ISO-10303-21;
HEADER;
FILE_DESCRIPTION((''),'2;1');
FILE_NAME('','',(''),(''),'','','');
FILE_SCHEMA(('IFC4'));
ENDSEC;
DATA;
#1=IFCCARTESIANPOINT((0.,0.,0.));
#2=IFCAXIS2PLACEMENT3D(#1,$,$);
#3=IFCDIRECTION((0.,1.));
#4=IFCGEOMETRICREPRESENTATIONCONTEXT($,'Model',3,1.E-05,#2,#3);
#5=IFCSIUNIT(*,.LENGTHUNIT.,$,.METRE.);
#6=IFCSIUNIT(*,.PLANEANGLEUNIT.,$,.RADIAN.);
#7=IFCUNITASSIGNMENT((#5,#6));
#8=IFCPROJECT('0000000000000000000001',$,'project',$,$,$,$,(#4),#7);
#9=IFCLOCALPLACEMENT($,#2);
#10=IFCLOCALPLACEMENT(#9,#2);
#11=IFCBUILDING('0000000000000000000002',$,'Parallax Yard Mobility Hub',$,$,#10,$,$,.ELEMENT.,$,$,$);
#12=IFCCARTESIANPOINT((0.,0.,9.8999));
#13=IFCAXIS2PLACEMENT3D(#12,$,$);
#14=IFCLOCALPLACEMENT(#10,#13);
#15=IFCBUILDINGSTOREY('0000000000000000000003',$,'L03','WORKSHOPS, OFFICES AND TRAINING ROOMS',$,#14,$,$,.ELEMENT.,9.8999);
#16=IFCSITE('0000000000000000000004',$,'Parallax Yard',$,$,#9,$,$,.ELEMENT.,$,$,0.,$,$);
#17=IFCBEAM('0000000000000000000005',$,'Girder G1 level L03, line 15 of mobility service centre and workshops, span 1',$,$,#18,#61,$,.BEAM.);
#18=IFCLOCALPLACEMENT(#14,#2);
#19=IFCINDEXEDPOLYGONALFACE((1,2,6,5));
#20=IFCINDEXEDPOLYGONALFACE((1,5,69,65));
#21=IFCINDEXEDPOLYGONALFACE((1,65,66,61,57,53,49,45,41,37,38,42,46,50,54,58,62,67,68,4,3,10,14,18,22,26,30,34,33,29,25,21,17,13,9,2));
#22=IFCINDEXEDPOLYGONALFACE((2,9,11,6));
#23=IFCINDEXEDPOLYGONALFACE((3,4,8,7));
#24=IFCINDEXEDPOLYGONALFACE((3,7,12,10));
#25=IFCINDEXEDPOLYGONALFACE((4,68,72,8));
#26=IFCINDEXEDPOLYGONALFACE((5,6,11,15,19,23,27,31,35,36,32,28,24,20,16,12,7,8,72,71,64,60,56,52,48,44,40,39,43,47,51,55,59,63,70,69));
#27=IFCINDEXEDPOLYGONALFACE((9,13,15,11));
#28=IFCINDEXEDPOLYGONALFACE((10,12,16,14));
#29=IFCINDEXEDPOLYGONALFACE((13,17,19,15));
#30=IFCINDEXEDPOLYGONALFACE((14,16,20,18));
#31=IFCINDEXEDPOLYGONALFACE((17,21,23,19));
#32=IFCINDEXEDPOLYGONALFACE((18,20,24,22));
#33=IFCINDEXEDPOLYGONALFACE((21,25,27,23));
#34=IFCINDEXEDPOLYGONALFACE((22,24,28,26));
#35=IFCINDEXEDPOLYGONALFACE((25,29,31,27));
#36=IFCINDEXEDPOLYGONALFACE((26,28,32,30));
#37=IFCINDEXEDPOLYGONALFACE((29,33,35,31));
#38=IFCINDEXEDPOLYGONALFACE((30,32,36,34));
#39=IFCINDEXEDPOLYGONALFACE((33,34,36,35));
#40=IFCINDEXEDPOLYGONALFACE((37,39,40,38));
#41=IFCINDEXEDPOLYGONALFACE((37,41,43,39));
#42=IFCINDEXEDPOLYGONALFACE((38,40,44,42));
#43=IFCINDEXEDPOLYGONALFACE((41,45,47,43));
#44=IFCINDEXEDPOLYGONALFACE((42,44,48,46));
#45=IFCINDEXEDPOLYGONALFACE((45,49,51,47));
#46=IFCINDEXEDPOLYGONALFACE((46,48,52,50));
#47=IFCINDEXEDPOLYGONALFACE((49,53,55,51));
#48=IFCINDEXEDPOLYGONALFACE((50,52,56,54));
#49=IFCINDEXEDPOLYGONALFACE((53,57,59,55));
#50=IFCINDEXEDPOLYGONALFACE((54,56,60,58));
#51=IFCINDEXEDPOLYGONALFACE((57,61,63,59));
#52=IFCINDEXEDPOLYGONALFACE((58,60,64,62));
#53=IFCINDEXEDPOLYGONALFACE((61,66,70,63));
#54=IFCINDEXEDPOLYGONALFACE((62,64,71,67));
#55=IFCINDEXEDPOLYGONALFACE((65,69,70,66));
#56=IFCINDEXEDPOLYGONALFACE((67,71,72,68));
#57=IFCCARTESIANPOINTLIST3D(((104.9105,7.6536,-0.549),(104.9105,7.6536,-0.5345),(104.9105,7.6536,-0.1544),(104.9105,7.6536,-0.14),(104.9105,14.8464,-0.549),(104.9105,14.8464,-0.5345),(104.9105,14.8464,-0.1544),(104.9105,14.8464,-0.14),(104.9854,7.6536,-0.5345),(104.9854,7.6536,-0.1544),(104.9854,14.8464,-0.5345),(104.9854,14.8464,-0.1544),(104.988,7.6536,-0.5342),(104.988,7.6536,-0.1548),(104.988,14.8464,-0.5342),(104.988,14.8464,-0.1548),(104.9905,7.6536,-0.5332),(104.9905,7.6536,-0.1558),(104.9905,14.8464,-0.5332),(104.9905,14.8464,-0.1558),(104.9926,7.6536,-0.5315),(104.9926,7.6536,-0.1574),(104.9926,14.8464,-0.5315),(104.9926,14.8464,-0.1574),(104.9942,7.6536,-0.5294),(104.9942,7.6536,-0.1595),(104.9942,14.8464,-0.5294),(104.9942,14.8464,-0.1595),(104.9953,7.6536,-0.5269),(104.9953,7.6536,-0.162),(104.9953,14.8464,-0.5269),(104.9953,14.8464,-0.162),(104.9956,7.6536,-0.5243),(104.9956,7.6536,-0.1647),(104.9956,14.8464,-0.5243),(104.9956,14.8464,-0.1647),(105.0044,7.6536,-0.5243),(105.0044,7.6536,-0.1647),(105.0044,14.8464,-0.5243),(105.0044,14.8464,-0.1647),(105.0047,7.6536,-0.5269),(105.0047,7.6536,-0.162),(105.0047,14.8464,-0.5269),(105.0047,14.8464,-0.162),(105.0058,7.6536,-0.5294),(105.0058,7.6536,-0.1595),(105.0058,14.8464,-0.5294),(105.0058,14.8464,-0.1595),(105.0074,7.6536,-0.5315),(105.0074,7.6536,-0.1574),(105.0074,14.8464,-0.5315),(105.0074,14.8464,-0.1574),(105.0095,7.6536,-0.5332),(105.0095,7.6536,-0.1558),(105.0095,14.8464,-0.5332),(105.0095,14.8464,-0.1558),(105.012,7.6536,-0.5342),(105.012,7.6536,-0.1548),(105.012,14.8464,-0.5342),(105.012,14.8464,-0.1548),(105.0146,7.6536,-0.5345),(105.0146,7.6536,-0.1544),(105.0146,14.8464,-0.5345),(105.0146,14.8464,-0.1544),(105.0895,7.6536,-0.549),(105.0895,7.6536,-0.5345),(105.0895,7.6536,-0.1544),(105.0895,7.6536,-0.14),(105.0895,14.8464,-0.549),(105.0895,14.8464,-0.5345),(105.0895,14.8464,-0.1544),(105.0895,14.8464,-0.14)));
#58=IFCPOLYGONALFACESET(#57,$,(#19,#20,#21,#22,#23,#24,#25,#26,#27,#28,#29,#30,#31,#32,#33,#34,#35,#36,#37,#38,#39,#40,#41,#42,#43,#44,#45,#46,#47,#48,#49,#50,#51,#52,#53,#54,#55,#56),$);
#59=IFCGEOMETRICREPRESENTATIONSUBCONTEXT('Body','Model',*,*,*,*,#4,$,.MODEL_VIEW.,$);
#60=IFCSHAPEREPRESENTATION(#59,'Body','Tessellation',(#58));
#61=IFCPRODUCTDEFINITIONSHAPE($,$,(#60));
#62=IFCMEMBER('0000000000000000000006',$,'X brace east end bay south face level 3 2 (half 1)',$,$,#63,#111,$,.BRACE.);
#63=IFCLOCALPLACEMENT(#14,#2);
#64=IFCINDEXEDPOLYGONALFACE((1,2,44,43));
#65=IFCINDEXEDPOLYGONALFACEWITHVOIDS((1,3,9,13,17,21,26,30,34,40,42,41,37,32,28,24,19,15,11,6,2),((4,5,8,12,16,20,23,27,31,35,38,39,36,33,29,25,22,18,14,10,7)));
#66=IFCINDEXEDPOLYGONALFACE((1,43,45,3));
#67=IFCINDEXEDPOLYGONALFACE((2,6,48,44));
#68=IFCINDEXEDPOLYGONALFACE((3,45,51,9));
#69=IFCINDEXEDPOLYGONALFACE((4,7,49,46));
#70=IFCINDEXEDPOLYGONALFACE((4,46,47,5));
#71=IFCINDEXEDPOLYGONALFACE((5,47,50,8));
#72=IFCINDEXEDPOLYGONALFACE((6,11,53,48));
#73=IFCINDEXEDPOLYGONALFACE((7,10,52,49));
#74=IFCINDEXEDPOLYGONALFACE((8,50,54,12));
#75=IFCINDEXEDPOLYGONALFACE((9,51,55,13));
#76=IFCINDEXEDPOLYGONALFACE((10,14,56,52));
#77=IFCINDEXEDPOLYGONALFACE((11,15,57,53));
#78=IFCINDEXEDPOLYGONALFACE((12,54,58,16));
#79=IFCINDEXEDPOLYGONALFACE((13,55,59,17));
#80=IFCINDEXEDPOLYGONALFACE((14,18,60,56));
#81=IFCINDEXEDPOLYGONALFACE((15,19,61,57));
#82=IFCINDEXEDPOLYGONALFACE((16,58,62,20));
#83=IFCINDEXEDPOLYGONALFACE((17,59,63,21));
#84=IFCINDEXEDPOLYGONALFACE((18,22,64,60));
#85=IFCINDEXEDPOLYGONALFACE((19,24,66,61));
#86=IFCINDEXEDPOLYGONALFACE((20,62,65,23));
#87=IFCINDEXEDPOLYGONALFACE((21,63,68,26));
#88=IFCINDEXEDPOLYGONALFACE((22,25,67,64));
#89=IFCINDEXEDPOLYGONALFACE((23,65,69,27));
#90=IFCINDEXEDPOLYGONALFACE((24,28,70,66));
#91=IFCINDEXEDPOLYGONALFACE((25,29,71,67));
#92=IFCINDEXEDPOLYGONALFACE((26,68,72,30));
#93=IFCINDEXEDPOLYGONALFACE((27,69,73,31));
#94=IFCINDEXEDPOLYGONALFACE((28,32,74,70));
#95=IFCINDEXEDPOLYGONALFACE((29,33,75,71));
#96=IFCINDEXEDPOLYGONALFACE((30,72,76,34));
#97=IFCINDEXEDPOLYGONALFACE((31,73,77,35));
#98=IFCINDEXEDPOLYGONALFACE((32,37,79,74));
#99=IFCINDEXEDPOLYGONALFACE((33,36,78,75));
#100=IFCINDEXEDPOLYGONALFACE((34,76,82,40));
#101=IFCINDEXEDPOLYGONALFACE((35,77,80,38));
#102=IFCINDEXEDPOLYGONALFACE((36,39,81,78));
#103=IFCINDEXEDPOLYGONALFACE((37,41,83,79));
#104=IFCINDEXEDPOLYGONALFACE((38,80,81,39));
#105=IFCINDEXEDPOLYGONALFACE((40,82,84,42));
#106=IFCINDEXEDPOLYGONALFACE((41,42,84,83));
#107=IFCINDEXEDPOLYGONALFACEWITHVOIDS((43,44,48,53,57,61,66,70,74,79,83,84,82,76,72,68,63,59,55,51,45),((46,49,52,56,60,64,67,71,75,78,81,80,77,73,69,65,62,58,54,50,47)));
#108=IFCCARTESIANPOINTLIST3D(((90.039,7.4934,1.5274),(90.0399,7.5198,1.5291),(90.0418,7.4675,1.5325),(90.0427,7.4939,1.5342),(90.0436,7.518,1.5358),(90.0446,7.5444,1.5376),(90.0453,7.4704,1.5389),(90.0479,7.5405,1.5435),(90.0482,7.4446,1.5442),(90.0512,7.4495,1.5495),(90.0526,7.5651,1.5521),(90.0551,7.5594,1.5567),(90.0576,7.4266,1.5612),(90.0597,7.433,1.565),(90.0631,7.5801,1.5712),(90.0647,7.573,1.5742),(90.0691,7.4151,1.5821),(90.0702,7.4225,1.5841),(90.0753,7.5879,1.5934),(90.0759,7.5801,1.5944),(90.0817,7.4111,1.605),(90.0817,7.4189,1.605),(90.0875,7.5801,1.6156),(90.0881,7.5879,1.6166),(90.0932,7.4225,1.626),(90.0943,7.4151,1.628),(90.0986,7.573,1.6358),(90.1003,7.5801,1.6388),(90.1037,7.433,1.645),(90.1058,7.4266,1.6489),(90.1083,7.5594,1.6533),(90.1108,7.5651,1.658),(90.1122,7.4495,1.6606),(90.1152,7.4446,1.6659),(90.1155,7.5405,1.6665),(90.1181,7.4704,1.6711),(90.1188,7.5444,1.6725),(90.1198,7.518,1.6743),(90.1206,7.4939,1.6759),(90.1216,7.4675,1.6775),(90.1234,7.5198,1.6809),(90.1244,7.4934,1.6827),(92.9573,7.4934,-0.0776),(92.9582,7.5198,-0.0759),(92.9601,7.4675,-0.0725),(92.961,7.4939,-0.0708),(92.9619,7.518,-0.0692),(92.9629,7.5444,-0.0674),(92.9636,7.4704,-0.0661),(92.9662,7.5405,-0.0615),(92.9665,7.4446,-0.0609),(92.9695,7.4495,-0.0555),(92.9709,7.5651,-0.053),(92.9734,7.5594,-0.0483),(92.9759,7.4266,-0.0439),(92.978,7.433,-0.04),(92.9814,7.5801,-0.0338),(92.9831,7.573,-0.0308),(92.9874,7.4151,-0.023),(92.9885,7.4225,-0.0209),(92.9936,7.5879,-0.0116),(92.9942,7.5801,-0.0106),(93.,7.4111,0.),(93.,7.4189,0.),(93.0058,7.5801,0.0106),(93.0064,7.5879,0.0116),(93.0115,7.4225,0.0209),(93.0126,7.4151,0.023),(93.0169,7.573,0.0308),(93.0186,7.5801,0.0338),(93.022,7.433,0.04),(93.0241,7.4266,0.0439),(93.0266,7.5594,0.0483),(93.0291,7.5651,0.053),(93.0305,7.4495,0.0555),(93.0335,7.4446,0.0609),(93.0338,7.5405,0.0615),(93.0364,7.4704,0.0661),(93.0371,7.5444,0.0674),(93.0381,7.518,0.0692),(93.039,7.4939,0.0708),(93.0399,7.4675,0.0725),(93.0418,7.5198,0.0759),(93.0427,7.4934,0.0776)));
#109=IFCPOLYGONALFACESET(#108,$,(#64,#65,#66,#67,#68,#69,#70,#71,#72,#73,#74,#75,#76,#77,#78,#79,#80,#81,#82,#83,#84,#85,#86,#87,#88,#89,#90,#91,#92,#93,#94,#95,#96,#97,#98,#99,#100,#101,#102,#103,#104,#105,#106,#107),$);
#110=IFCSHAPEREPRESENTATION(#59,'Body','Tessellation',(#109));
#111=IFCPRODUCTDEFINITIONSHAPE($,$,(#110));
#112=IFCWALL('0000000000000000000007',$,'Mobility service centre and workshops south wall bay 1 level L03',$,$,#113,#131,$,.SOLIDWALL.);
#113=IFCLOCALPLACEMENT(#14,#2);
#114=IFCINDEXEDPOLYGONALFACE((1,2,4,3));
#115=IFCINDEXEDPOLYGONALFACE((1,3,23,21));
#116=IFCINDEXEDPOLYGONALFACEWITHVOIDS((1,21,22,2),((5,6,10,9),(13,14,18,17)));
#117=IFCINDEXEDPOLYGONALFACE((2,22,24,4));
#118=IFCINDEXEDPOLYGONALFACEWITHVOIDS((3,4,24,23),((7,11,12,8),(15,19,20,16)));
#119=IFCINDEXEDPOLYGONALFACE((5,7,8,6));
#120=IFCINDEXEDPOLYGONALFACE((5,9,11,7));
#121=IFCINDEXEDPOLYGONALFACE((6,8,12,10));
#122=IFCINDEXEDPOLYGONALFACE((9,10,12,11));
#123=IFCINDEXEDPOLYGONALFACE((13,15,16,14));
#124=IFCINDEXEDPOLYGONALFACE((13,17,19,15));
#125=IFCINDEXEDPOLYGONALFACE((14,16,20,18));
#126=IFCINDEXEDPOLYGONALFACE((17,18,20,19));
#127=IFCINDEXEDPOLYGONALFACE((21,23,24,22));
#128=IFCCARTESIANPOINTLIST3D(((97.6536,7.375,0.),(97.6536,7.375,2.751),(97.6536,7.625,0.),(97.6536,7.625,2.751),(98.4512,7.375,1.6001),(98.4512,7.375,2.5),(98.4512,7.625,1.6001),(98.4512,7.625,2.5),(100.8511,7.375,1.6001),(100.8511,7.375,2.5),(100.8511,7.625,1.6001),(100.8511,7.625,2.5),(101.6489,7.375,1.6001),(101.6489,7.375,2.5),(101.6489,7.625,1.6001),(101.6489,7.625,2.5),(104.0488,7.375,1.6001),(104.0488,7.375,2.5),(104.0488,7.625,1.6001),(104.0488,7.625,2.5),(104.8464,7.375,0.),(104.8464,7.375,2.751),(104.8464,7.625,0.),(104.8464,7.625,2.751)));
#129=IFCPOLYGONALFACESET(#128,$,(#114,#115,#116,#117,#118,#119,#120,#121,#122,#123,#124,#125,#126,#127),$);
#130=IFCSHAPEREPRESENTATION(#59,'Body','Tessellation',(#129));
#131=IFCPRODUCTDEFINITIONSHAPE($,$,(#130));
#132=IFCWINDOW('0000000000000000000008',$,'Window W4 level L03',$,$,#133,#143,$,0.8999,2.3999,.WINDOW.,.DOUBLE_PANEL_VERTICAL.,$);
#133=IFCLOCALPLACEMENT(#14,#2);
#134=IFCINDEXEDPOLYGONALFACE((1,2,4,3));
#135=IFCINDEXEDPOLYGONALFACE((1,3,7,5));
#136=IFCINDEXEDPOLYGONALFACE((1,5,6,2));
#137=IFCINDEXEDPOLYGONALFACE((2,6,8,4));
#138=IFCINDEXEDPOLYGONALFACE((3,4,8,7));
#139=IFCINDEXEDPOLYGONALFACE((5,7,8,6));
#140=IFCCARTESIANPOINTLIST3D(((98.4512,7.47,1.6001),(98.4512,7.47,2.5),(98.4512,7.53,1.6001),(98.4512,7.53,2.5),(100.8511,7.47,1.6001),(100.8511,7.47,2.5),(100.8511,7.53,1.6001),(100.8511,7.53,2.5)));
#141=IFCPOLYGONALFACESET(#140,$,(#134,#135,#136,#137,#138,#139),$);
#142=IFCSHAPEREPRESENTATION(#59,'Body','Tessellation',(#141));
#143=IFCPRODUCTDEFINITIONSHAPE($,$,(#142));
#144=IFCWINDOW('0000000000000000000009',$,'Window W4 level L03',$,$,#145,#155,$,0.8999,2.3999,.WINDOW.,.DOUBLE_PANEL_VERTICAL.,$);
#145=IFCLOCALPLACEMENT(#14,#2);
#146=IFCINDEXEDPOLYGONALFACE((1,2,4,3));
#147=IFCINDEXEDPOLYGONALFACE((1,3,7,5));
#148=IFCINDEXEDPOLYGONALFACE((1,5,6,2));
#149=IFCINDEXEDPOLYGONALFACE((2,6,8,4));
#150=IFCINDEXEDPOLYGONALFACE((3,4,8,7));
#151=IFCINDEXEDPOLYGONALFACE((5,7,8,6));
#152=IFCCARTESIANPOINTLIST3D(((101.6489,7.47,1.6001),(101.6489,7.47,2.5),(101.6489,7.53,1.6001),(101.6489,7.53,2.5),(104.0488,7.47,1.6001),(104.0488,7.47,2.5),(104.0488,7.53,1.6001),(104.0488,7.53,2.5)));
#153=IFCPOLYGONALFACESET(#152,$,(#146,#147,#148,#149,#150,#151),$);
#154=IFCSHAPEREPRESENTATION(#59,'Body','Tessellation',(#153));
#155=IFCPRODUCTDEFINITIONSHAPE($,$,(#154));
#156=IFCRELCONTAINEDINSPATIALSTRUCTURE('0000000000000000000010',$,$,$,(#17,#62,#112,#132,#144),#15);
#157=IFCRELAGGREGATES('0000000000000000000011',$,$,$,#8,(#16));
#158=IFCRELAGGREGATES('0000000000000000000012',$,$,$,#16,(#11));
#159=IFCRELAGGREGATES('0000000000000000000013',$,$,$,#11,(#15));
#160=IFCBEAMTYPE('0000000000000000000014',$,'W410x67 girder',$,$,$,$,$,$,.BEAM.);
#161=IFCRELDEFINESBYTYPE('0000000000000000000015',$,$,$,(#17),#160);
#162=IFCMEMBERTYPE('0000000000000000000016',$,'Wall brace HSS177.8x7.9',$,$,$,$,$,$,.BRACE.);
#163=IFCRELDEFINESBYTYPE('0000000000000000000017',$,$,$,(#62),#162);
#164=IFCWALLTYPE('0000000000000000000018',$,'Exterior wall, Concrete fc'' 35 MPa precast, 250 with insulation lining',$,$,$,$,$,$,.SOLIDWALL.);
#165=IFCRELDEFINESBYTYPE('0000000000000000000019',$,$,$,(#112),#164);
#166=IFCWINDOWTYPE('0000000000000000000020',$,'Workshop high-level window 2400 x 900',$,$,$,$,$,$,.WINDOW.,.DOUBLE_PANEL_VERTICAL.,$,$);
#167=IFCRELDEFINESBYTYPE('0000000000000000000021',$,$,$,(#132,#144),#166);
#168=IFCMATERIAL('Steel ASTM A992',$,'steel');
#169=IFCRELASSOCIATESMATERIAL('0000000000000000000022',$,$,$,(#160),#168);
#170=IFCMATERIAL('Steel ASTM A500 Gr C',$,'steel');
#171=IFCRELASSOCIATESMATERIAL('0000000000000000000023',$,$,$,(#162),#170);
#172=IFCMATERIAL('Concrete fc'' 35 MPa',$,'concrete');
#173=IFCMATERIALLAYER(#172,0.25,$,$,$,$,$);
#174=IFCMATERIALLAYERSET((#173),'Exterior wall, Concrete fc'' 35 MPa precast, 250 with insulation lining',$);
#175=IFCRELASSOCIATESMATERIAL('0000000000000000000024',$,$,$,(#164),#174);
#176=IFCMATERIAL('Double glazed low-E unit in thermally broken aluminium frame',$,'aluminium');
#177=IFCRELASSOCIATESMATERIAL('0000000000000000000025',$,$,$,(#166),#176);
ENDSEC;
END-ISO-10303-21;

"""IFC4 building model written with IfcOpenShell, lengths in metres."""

from ifc_helpers import new_model, si_unit, direction, frame, frame_2d, origin, origin_2d, place, context, subcontext, project, spatial, rectangle, hollow_circle, i_section, extrude, material, layer, layer_set, material_profile, profile_set, type_object, element, fill, save


model = new_model("IFC4")

# Units and contexts
model_context = context("Model", 3, precision=1e-05, world=origin(), true_north=direction((0.0, 1.0)))
body_context = subcontext(model_context, "Body", "Model", "MODEL_VIEW")
ifc_project = project(units=[si_unit("LENGTHUNIT", "METRE"), si_unit("PLANEANGLEUNIT", "RADIAN")], contexts=[model_context])

# Site, building, storey
site_placement = place(None, origin())
site = spatial("IfcSite", under=ifc_project, at=site_placement, Name="Parallax Yard", CompositionType="ELEMENT", RefElevation=0.0)
building_placement = place(site_placement, origin())
building = spatial("IfcBuilding", under=site, at=building_placement, Name="Parallax Yard Mobility Hub", CompositionType="ELEMENT")
storey_placement = place(building_placement, frame((0.0, 0.0, 9.8999)))
storey = spatial("IfcBuildingStorey", under=building, at=storey_placement, Name="L03", Description="WORKSHOPS, OFFICES AND TRAINING ROOMS", CompositionType="ELEMENT", Elevation=9.8999)

# Shared definitions
ifc_material_1 = material(Name="Steel ASTM A992", Category="steel")

# Beam
ifc_material_profile_1 = material_profile(ifc_material_1, i_section(OverallWidth=0.179, OverallDepth=0.4089, WebThickness=0.0088, FlangeThickness=0.0144, FilletRadius=0.0103, at=origin_2d()), Name="W410x67")
ifc_profile_set_1 = profile_set([ifc_material_profile_1], Name="Steel ASTM A992")
beam_type_1 = type_object("IfcBeamType", Name="W410x67 girder", PredefinedType="BEAM", material=ifc_profile_set_1)
beam_1_placement = place(storey_placement, frame((105.0, 7.6536, -0.3445), z_axis=(0.0, 1.0, 0.0), x_axis=(-1.0, 0.0, 0.0)))
element("IfcBeam", 1, at=beam_1_placement, inside=storey, type_object=beam_type_1, Name="Girder G1 level L03, line 15 of mobility service centre and workshops, span 1", PredefinedType="BEAM", context=body_context, shape_type="SweptSolid", body=[
    extrude(i_section(OverallWidth=0.179, OverallDepth=0.4089, WebThickness=0.0088, FlangeThickness=0.0144, FilletRadius=0.0103, at=origin_2d()), origin(), (0.0, 0.0, 1.0), 7.1929),
])

# Member
ifc_material_2 = material(Name="Steel ASTM A500 Gr C", Category="steel")
ifc_material_profile_2 = material_profile(ifc_material_2, hollow_circle(Radius=0.0889, WallThickness=0.0078, at=origin_2d()), Name="HSS177.8x7.9")
ifc_profile_set_2 = profile_set([ifc_material_profile_2], Name="Steel ASTM A500 Gr C")
member_type = type_object("IfcMemberType", Name="Wall brace HSS177.8x7.9", PredefinedType="BRACE", material=ifc_profile_set_2)
member_placement = place(storey_placement, frame((93.0, 7.5, 0.0), z_axis=(-0.876221, 0.0, 0.48191), x_axis=(0.0, -1.0, 0.0)))
element("IfcMember", 2, at=member_placement, inside=storey, type_object=member_type, Name="X brace east end bay south face level 3 2 (half 1)", PredefinedType="BRACE", context=body_context, shape_type="SweptSolid", body=[
    extrude(hollow_circle(Radius=0.0889, WallThickness=0.0078, at=origin_2d()), origin(), (0.0, 0.0, 1.0), 3.3306),
])

# Wall, openings, windows
ifc_material_3 = material(Name="Concrete fc' 35 MPa", Category="concrete")
ifc_layer_1 = layer(ifc_material_3, 0.25)
ifc_layer_set_1 = layer_set([ifc_layer_1], Name="Exterior wall, Concrete fc' 35 MPa precast, 250 with insulation lining")
wall_type = type_object("IfcWallType", Name="Exterior wall, Concrete fc' 35 MPa precast, 250 with insulation lining", PredefinedType="SOLIDWALL", material=ifc_layer_set_1)
wall_1_placement = place(storey_placement, frame((97.6536, 7.5, 0.0), z_axis=(0.0, 0.0, 1.0), x_axis=(1.0, 0.0, 0.0)))
wall_1 = element("IfcWall", 3, at=wall_1_placement, inside=storey, type_object=wall_type, Name="Mobility service centre and workshops south wall bay 1 level L03", PredefinedType="SOLIDWALL", context=body_context, shape_type="SweptSolid", body=[
    extrude(rectangle(XDim=7.1929, YDim=0.25, at=frame_2d((3.5964, 0.0))), origin(), (0.0, 0.0, 1.0), 2.751),
])
opening_1_placement = place(wall_1_placement, frame((0.7976, 0.0, 1.6001)))
opening_1 = element("IfcOpeningElement", 4, at=opening_1_placement, cuts=wall_1, PredefinedType="OPENING", context=body_context, shape_type="SweptSolid", body=[
    extrude(rectangle(XDim=2.3999, YDim=0.8999, at=frame_2d((1.2, 0.45))), frame((0.0, 0.135, 0.0), z_axis=(0.0, -1.0, 0.0), x_axis=(1.0, 0.0, 0.0)), (0.0, 0.0, 1.0), 0.27),
])
opening_2_placement = place(wall_1_placement, frame((3.9954, 0.0, 1.6001)))
opening_2 = element("IfcOpeningElement", 5, at=opening_2_placement, cuts=wall_1, PredefinedType="OPENING", context=body_context, shape_type="SweptSolid", body=[
    extrude(rectangle(XDim=2.3999, YDim=0.8999, at=frame_2d((1.2, 0.45))), frame((0.0, 0.135, 0.0), z_axis=(0.0, -1.0, 0.0), x_axis=(1.0, 0.0, 0.0)), (0.0, 0.0, 1.0), 0.27),
])
ifc_material_4 = material(Name="Double glazed low-E unit in thermally broken aluminium frame", Category="aluminium")
window_type = type_object("IfcWindowType", Name="Workshop high-level window 2400 x 900", PartitioningType="DOUBLE_PANEL_VERTICAL", PredefinedType="WINDOW", material=ifc_material_4)
window_1_placement = place(opening_1_placement, origin())
window_1 = element("IfcWindow", 6, at=window_1_placement, inside=storey, type_object=window_type, Name="Window W4 level L03", OverallHeight=0.8999, OverallWidth=2.3999, PartitioningType="DOUBLE_PANEL_VERTICAL", PredefinedType="WINDOW", context=body_context, shape_type="SweptSolid", body=[
    extrude(rectangle(XDim=2.3999, YDim=0.8999, at=frame_2d((1.2, 0.45))), frame((0.0, 0.03, 0.0), z_axis=(0.0, -1.0, 0.0), x_axis=(1.0, 0.0, 0.0)), (0.0, 0.0, 1.0), 0.0601),
])
fill(opening_1, window_1)
window_2_placement = place(opening_2_placement, origin())
window_2 = element("IfcWindow", 7, at=window_2_placement, inside=storey, type_object=window_type, Name="Window W4 level L03", OverallHeight=0.8999, OverallWidth=2.3999, PartitioningType="DOUBLE_PANEL_VERTICAL", PredefinedType="WINDOW", context=body_context, shape_type="SweptSolid", body=[
    extrude(rectangle(XDim=2.3999, YDim=0.8999, at=frame_2d((1.2, 0.45))), frame((0.0, 0.03, 0.0), z_axis=(0.0, -1.0, 0.0), x_axis=(1.0, 0.0, 0.0)), (0.0, 0.0, 1.0), 0.0601),
])
fill(opening_2, window_2)

save(model, "model.ifc")
